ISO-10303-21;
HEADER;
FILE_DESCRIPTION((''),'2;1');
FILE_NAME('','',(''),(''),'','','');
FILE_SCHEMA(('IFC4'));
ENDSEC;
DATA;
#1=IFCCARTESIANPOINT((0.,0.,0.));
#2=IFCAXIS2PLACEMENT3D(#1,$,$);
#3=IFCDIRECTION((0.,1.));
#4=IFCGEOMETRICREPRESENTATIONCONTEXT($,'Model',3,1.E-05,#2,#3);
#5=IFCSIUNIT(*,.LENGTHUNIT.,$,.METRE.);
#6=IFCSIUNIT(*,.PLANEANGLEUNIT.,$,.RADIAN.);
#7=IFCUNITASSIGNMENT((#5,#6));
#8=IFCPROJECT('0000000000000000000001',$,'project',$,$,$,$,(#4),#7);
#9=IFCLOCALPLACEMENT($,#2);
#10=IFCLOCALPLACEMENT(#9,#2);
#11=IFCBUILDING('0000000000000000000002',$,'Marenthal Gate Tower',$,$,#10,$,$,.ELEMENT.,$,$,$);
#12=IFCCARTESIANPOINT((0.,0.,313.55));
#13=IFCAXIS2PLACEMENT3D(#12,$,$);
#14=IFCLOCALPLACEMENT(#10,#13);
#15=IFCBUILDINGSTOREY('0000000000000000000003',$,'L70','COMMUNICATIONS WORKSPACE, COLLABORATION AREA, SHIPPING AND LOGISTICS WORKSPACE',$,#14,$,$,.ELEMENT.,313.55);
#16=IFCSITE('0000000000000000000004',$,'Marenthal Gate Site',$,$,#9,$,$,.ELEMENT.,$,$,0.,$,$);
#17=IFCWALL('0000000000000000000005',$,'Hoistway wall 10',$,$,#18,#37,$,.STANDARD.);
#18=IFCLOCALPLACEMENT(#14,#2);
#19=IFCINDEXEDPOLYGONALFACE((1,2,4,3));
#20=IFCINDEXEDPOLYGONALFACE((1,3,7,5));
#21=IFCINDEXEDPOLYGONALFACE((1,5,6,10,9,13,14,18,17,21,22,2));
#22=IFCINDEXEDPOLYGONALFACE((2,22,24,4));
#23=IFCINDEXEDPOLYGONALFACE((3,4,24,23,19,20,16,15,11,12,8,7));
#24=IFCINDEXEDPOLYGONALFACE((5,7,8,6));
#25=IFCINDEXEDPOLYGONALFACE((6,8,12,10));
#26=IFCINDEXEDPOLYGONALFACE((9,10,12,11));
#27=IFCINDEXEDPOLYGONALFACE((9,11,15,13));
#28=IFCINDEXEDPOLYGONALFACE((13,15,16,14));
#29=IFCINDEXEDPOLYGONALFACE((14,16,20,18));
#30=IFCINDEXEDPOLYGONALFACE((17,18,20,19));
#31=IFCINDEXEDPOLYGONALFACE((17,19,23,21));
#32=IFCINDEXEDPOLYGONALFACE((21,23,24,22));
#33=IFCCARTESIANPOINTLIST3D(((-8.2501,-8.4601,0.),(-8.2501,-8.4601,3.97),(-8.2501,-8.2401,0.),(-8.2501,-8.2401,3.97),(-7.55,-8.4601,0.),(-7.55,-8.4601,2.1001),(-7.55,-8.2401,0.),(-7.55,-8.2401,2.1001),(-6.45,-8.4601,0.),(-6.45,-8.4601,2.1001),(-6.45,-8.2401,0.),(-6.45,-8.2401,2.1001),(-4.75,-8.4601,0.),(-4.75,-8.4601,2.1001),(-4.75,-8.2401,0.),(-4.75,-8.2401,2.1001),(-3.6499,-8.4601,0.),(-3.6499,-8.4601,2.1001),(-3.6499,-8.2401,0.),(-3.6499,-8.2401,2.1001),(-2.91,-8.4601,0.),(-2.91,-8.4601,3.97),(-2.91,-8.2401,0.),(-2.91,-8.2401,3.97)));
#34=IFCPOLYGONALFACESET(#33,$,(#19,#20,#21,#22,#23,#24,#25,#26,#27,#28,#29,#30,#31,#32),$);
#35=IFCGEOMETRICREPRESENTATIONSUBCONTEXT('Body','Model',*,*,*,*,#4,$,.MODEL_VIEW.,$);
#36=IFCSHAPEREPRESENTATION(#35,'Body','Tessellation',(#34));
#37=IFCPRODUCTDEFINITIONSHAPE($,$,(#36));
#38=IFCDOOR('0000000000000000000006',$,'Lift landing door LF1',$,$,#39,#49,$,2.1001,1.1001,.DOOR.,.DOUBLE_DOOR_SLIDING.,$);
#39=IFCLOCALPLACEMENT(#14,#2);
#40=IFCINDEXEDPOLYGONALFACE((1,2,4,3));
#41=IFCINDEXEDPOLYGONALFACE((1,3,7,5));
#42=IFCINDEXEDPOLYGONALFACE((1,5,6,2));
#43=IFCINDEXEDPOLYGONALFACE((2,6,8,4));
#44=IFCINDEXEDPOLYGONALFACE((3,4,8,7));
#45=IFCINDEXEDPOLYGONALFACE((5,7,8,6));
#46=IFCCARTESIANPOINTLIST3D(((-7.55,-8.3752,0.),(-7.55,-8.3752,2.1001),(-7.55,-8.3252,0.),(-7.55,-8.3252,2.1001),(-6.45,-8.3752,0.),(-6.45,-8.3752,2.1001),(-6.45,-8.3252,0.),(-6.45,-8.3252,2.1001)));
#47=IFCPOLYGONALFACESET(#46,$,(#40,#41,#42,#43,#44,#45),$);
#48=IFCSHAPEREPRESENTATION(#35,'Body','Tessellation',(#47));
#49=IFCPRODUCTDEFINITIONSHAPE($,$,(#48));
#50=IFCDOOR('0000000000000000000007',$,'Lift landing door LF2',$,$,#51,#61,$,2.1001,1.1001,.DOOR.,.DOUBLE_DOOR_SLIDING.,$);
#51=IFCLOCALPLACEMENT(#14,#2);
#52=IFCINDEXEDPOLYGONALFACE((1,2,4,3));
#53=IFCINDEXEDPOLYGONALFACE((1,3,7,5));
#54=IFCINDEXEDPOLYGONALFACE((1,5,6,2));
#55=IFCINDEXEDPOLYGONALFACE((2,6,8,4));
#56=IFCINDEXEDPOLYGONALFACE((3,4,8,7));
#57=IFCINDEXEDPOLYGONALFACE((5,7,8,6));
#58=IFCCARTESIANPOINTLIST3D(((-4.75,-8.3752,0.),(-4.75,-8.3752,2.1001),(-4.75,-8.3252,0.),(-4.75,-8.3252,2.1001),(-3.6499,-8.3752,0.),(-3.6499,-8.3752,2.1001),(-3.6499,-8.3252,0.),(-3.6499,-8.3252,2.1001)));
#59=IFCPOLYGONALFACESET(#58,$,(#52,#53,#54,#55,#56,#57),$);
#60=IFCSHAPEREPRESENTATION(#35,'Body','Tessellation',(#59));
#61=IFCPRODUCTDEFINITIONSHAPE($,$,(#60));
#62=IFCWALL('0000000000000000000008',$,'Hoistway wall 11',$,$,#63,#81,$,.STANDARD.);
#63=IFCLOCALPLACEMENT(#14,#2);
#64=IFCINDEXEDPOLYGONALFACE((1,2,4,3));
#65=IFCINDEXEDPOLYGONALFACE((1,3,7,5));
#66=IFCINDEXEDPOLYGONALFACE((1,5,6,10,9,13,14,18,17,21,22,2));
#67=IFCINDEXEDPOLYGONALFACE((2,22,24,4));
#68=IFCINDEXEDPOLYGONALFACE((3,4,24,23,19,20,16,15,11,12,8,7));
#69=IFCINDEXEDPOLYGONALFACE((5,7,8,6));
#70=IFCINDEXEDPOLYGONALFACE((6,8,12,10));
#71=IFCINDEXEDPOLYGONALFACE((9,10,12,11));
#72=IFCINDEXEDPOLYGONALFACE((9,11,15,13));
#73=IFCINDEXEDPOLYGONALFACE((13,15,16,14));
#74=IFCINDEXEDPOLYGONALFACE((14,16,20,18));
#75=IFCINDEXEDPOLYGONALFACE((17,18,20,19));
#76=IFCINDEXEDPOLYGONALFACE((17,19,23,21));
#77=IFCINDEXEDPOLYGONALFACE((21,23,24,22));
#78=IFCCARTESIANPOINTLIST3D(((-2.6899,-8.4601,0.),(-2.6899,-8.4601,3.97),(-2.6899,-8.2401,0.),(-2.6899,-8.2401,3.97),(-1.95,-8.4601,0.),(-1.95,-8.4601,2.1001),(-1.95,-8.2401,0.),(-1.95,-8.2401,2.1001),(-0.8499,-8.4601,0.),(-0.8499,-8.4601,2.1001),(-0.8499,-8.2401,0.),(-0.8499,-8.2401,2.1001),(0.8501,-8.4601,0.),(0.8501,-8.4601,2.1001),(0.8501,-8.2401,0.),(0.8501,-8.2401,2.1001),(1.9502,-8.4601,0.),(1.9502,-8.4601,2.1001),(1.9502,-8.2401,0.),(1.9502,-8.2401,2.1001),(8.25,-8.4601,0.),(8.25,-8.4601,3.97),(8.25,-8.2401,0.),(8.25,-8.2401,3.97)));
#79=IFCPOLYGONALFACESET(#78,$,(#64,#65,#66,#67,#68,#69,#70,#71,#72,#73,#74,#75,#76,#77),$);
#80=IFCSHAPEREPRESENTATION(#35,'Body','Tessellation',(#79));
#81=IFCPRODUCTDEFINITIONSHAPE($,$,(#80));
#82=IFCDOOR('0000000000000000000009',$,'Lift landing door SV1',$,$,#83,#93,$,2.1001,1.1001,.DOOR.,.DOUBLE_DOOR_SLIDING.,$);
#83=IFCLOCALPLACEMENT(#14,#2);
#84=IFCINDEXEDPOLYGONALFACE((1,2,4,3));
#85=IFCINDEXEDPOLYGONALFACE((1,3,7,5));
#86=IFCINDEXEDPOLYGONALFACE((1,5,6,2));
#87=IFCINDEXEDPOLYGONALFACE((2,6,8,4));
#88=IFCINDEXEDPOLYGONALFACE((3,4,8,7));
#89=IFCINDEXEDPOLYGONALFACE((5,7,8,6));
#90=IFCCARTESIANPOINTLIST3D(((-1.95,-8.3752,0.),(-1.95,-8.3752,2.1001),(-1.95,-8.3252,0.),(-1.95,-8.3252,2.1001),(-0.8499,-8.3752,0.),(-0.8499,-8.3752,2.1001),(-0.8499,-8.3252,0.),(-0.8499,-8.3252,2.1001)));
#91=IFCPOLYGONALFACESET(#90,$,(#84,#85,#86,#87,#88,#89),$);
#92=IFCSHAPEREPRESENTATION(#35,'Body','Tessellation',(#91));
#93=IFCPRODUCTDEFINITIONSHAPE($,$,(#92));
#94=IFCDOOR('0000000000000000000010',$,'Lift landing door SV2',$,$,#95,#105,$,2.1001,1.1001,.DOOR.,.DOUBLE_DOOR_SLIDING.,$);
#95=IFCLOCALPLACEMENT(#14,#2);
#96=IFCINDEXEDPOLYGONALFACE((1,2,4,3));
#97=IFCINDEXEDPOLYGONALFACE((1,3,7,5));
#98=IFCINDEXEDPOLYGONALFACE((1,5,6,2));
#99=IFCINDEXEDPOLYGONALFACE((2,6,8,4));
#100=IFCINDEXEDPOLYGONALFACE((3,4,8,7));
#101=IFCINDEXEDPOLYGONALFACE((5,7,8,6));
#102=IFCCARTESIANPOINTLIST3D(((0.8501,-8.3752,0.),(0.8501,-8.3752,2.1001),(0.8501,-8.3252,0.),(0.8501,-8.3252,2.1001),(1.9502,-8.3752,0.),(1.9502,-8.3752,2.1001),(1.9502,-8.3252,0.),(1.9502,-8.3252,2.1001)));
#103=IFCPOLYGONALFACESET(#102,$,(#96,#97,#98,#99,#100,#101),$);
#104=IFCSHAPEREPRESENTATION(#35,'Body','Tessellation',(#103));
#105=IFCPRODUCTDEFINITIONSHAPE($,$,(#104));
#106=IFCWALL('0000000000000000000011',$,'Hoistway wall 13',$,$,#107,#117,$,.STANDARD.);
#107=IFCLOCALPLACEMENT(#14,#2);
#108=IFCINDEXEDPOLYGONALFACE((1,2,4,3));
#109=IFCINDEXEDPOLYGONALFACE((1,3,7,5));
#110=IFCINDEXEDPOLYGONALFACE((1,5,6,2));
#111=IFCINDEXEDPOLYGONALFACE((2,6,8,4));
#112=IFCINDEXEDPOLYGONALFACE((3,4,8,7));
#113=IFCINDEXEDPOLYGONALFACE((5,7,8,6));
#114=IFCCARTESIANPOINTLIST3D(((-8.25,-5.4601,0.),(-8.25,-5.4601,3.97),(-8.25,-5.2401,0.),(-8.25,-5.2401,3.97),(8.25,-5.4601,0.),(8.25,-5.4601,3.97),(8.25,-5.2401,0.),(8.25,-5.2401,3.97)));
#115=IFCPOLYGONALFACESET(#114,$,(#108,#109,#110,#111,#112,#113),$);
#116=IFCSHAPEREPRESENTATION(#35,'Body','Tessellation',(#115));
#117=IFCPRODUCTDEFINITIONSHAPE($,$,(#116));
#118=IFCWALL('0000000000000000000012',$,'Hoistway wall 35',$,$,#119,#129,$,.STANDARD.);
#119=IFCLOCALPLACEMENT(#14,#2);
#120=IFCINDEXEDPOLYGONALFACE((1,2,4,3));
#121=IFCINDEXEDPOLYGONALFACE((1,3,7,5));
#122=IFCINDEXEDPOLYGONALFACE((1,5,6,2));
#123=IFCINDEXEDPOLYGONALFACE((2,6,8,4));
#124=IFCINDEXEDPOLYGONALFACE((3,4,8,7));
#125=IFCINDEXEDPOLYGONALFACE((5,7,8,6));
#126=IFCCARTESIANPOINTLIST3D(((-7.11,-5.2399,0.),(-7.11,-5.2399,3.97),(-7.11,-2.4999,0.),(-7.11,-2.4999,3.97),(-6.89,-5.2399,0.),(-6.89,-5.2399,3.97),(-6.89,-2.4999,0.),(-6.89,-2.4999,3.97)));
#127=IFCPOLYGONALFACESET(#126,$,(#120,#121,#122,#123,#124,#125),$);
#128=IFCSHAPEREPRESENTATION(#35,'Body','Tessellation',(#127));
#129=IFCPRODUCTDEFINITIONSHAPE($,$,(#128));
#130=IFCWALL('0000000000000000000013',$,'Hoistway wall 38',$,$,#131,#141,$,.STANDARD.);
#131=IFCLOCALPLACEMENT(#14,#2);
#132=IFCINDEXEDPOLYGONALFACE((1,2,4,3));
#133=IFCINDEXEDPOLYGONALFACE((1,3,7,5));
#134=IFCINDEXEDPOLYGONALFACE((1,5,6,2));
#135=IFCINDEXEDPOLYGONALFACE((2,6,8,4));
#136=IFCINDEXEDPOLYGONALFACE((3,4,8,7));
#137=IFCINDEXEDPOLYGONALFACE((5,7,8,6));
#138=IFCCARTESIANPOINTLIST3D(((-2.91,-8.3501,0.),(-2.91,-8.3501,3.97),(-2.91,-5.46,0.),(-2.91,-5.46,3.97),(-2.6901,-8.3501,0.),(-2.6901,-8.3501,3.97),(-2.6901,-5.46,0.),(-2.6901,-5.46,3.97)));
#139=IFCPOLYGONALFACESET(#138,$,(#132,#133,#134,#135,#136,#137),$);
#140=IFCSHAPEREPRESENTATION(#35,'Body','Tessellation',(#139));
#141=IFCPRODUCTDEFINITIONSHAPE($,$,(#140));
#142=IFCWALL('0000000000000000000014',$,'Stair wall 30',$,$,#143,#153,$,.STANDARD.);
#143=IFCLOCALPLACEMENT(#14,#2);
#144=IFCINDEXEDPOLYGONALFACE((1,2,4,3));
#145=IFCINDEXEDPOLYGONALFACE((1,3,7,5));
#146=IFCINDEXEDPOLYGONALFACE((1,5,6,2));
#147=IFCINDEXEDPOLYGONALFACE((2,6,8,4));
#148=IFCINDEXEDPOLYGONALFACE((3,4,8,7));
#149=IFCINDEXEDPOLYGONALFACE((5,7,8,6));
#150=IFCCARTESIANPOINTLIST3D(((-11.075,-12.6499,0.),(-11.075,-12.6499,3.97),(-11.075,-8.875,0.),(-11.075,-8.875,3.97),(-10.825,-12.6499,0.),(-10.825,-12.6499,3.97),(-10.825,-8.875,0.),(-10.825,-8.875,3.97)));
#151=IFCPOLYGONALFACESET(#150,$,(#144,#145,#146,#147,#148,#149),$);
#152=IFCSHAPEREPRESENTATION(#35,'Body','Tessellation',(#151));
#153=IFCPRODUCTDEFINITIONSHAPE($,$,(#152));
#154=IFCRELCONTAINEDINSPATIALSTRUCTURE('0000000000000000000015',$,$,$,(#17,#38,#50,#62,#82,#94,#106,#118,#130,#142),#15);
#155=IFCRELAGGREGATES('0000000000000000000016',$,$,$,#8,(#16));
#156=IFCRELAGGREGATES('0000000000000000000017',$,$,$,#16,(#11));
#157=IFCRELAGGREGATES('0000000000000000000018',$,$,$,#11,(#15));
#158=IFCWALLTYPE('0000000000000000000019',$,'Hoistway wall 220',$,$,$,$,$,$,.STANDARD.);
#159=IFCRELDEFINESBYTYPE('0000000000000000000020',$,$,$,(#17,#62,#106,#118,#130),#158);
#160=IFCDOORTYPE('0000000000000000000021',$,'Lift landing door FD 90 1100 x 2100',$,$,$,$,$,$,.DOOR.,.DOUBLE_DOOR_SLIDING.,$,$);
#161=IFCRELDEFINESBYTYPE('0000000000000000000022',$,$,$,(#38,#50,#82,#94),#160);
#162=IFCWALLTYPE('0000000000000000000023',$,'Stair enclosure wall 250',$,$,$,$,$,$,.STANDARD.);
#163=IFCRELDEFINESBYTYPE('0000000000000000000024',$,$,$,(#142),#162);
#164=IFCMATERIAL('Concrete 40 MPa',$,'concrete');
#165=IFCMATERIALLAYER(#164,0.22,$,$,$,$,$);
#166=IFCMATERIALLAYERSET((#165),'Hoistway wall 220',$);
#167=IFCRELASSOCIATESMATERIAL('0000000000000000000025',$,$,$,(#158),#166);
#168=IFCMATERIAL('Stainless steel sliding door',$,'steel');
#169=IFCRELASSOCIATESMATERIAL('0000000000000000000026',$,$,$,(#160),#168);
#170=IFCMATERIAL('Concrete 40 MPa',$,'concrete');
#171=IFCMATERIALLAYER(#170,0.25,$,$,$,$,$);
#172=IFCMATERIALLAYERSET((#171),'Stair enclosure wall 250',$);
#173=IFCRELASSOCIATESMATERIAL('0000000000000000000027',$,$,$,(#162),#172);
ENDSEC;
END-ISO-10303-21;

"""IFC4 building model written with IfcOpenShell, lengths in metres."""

from ifc_helpers import new_model, si_unit, direction, frame, frame_2d, origin, place, context, subcontext, project, spatial, rectangle, extrude, material, layer, layer_set, type_object, element, fill, save


model = new_model("IFC4")

# Units and contexts
model_context = context("Model", 3, precision=1e-05, world=origin(), true_north=direction((0.0, 1.0)))
body_context = subcontext(model_context, "Body", "Model", "MODEL_VIEW")
ifc_project = project(units=[si_unit("LENGTHUNIT", "METRE"), si_unit("PLANEANGLEUNIT", "RADIAN")], contexts=[model_context])

# Site, building, storey
site_placement = place(None, origin())
site = spatial("IfcSite", under=ifc_project, at=site_placement, Name="Marenthal Gate Site", CompositionType="ELEMENT", RefElevation=0.0)
building_placement = place(site_placement, origin())
building = spatial("IfcBuilding", under=site, at=building_placement, Name="Marenthal Gate Tower", CompositionType="ELEMENT")
storey_placement = place(building_placement, frame((0.0, 0.0, 313.55)))
storey = spatial("IfcBuildingStorey", under=building, at=storey_placement, Name="L70", Description="COMMUNICATIONS WORKSPACE, COLLABORATION AREA, SHIPPING AND LOGISTICS WORKSPACE", CompositionType="ELEMENT", Elevation=313.55)

# Walls, openings, doors
ifc_material_1 = material(Name="Concrete 40 MPa", Category="concrete")
ifc_layer_1 = layer(ifc_material_1, 0.22)
ifc_layer_set_1 = layer_set([ifc_layer_1], Name="Hoistway wall 220")
wall_type_1 = type_object("IfcWallType", Name="Hoistway wall 220", PredefinedType="STANDARD", material=ifc_layer_set_1)
wall_1_placement = place(storey_placement, frame((-8.25, -8.3501, 0.0), z_axis=(0.0, 0.0, 1.0), x_axis=(1.0, 0.0, 0.0)))
wall_1 = element("IfcWall", 1, at=wall_1_placement, inside=storey, type_object=wall_type_1, Name="Hoistway wall 10", PredefinedType="STANDARD", context=body_context, shape_type="SweptSolid", body=[
    extrude(rectangle(XDim=5.3401, YDim=0.22, at=frame_2d((2.6699, 0.0))), origin(), (0.0, 0.0, 1.0), 3.97),
])
opening_1_placement = place(wall_1_placement, frame((0.7, 0.0, 0.0)))
opening_1 = element("IfcOpeningElement", 2, at=opening_1_placement, cuts=wall_1, PredefinedType="OPENING", context=body_context, shape_type="SweptSolid", body=[
    extrude(rectangle(XDim=1.1001, YDim=2.1001, at=frame_2d((0.55, 1.05))), frame((0.0, 0.1201, 0.0), z_axis=(0.0, -1.0, 0.0), x_axis=(1.0, 0.0, 0.0)), (0.0, 0.0, 1.0), 0.24),
])
opening_2_placement = place(wall_1_placement, frame((3.5, 0.0, 0.0)))
opening_2 = element("IfcOpeningElement", 3, at=opening_2_placement, cuts=wall_1, PredefinedType="OPENING", context=body_context, shape_type="SweptSolid", body=[
    extrude(rectangle(XDim=1.1001, YDim=2.1001, at=frame_2d((0.55, 1.05))), frame((0.0, 0.1201, 0.0), z_axis=(0.0, -1.0, 0.0), x_axis=(1.0, 0.0, 0.0)), (0.0, 0.0, 1.0), 0.24),
])
ifc_material_2 = material(Name="Stainless steel sliding door", Category="steel")
door_type_1 = type_object("IfcDoorType", Name="Lift landing door FD 90 1100 x 2100", OperationType="DOUBLE_DOOR_SLIDING", PredefinedType="DOOR", material=ifc_material_2)
door_1_placement = place(opening_1_placement, origin())
door_1 = element("IfcDoor", 4, at=door_1_placement, inside=storey, type_object=door_type_1, Name="Lift landing door LF1", OperationType="DOUBLE_DOOR_SLIDING", OverallHeight=2.1001, OverallWidth=1.1001, PredefinedType="DOOR", context=body_context, shape_type="SweptSolid", body=[
    extrude(rectangle(XDim=1.1001, YDim=2.1001, at=frame_2d((0.55, 1.05))), frame((0.0, 0.0249, 0.0), z_axis=(0.0, -1.0, 0.0), x_axis=(1.0, 0.0, 0.0)), (0.0, 0.0, 1.0), 0.05),
])
fill(opening_1, door_1)
door_2_placement = place(opening_2_placement, origin())
door_2 = element("IfcDoor", 5, at=door_2_placement, inside=storey, type_object=door_type_1, Name="Lift landing door LF2", OperationType="DOUBLE_DOOR_SLIDING", OverallHeight=2.1001, OverallWidth=1.1001, PredefinedType="DOOR", context=body_context, shape_type="SweptSolid", body=[
    extrude(rectangle(XDim=1.1001, YDim=2.1001, at=frame_2d((0.55, 1.05))), frame((0.0, 0.0249, 0.0), z_axis=(0.0, -1.0, 0.0), x_axis=(1.0, 0.0, 0.0)), (0.0, 0.0, 1.0), 0.05),
])
fill(opening_2, door_2)
wall_2_placement = place(storey_placement, frame((-2.6899, -8.3501, 0.0), z_axis=(0.0, 0.0, 1.0), x_axis=(1.0, 0.0, 0.0)))
wall_2 = element("IfcWall", 6, at=wall_2_placement, inside=storey, type_object=wall_type_1, Name="Hoistway wall 11", PredefinedType="STANDARD", context=body_context, shape_type="SweptSolid", body=[
    extrude(rectangle(XDim=10.9399, YDim=0.22, at=frame_2d((5.47, 0.0))), origin(), (0.0, 0.0, 1.0), 3.97),
])
opening_3_placement = place(wall_2_placement, frame((0.74, 0.0, 0.0)))
opening_3 = element("IfcOpeningElement", 7, at=opening_3_placement, cuts=wall_2, PredefinedType="OPENING", context=body_context, shape_type="SweptSolid", body=[
    extrude(rectangle(XDim=1.1001, YDim=2.1001, at=frame_2d((0.55, 1.05))), frame((0.0, 0.1201, 0.0), z_axis=(0.0, -1.0, 0.0), x_axis=(1.0, 0.0, 0.0)), (0.0, 0.0, 1.0), 0.24),
])
opening_4_placement = place(wall_2_placement, frame((3.54, 0.0, 0.0)))
opening_4 = element("IfcOpeningElement", 8, at=opening_4_placement, cuts=wall_2, PredefinedType="OPENING", context=body_context, shape_type="SweptSolid", body=[
    extrude(rectangle(XDim=1.1001, YDim=2.1001, at=frame_2d((0.55, 1.05))), frame((0.0, 0.1201, 0.0), z_axis=(0.0, -1.0, 0.0), x_axis=(1.0, 0.0, 0.0)), (0.0, 0.0, 1.0), 0.24),
])
door_3_placement = place(opening_3_placement, origin())
door_3 = element("IfcDoor", 9, at=door_3_placement, inside=storey, type_object=door_type_1, Name="Lift landing door SV1", OperationType="DOUBLE_DOOR_SLIDING", OverallHeight=2.1001, OverallWidth=1.1001, PredefinedType="DOOR", context=body_context, shape_type="SweptSolid", body=[
    extrude(rectangle(XDim=1.1001, YDim=2.1001, at=frame_2d((0.55, 1.05))), frame((0.0, 0.0249, 0.0), z_axis=(0.0, -1.0, 0.0), x_axis=(1.0, 0.0, 0.0)), (0.0, 0.0, 1.0), 0.05),
])
fill(opening_3, door_3)
door_4_placement = place(opening_4_placement, origin())
door_4 = element("IfcDoor", 10, at=door_4_placement, inside=storey, type_object=door_type_1, Name="Lift landing door SV2", OperationType="DOUBLE_DOOR_SLIDING", OverallHeight=2.1001, OverallWidth=1.1001, PredefinedType="DOOR", context=body_context, shape_type="SweptSolid", body=[
    extrude(rectangle(XDim=1.1001, YDim=2.1001, at=frame_2d((0.55, 1.05))), frame((0.0, 0.0249, 0.0), z_axis=(0.0, -1.0, 0.0), x_axis=(1.0, 0.0, 0.0)), (0.0, 0.0, 1.0), 0.05),
])
fill(opening_4, door_4)

# Walls
wall_3_placement = place(storey_placement, frame((-8.25, -5.3501, 0.0), z_axis=(0.0, 0.0, 1.0), x_axis=(1.0, 0.0, 0.0)))
element("IfcWall", 11, at=wall_3_placement, inside=storey, type_object=wall_type_1, Name="Hoistway wall 13", PredefinedType="STANDARD", context=body_context, shape_type="SweptSolid", body=[
    extrude(rectangle(XDim=16.5, YDim=0.22, at=frame_2d((8.25, 0.0))), origin(), (0.0, 0.0, 1.0), 3.97),
])
wall_4_placement = place(storey_placement, frame((-7.0, -5.24, 0.0), z_axis=(0.0, 0.0, 1.0), x_axis=(0.0, 1.0, 0.0)))
element("IfcWall", 12, at=wall_4_placement, inside=storey, type_object=wall_type_1, Name="Hoistway wall 35", PredefinedType="STANDARD", context=body_context, shape_type="SweptSolid", body=[
    extrude(rectangle(XDim=2.74, YDim=0.22, at=frame_2d((1.3701, 0.0))), origin(), (0.0, 0.0, 1.0), 3.97),
])
wall_5_placement = place(storey_placement, frame((-2.8, -8.3501, 0.0), z_axis=(0.0, 0.0, 1.0), x_axis=(0.0, 1.0, 0.0)))
element("IfcWall", 13, at=wall_5_placement, inside=storey, type_object=wall_type_1, Name="Hoistway wall 38", PredefinedType="STANDARD", context=body_context, shape_type="SweptSolid", body=[
    extrude(rectangle(XDim=2.8901, YDim=0.22, at=frame_2d((1.4451, 0.0))), origin(), (0.0, 0.0, 1.0), 3.97),
])
ifc_material_3 = material(Name="Concrete 40 MPa", Category="concrete")
ifc_layer_2 = layer(ifc_material_3, 0.25)
ifc_layer_set_2 = layer_set([ifc_layer_2], Name="Stair enclosure wall 250")
wall_type_2 = type_object("IfcWallType", Name="Stair enclosure wall 250", PredefinedType="STANDARD", material=ifc_layer_set_2)
wall_6_placement = place(storey_placement, frame((-10.95, -12.6499, 0.0), z_axis=(0.0, 0.0, 1.0), x_axis=(0.0, 1.0, 0.0)))
element("IfcWall", 14, at=wall_6_placement, inside=storey, type_object=wall_type_2, Name="Stair wall 30", PredefinedType="STANDARD", context=body_context, shape_type="SweptSolid", body=[
    extrude(rectangle(XDim=3.7749, YDim=0.25, at=frame_2d((1.8875, 0.0))), origin(), (0.0, 0.0, 1.0), 3.97),
])

save(model, "model.ifc")
